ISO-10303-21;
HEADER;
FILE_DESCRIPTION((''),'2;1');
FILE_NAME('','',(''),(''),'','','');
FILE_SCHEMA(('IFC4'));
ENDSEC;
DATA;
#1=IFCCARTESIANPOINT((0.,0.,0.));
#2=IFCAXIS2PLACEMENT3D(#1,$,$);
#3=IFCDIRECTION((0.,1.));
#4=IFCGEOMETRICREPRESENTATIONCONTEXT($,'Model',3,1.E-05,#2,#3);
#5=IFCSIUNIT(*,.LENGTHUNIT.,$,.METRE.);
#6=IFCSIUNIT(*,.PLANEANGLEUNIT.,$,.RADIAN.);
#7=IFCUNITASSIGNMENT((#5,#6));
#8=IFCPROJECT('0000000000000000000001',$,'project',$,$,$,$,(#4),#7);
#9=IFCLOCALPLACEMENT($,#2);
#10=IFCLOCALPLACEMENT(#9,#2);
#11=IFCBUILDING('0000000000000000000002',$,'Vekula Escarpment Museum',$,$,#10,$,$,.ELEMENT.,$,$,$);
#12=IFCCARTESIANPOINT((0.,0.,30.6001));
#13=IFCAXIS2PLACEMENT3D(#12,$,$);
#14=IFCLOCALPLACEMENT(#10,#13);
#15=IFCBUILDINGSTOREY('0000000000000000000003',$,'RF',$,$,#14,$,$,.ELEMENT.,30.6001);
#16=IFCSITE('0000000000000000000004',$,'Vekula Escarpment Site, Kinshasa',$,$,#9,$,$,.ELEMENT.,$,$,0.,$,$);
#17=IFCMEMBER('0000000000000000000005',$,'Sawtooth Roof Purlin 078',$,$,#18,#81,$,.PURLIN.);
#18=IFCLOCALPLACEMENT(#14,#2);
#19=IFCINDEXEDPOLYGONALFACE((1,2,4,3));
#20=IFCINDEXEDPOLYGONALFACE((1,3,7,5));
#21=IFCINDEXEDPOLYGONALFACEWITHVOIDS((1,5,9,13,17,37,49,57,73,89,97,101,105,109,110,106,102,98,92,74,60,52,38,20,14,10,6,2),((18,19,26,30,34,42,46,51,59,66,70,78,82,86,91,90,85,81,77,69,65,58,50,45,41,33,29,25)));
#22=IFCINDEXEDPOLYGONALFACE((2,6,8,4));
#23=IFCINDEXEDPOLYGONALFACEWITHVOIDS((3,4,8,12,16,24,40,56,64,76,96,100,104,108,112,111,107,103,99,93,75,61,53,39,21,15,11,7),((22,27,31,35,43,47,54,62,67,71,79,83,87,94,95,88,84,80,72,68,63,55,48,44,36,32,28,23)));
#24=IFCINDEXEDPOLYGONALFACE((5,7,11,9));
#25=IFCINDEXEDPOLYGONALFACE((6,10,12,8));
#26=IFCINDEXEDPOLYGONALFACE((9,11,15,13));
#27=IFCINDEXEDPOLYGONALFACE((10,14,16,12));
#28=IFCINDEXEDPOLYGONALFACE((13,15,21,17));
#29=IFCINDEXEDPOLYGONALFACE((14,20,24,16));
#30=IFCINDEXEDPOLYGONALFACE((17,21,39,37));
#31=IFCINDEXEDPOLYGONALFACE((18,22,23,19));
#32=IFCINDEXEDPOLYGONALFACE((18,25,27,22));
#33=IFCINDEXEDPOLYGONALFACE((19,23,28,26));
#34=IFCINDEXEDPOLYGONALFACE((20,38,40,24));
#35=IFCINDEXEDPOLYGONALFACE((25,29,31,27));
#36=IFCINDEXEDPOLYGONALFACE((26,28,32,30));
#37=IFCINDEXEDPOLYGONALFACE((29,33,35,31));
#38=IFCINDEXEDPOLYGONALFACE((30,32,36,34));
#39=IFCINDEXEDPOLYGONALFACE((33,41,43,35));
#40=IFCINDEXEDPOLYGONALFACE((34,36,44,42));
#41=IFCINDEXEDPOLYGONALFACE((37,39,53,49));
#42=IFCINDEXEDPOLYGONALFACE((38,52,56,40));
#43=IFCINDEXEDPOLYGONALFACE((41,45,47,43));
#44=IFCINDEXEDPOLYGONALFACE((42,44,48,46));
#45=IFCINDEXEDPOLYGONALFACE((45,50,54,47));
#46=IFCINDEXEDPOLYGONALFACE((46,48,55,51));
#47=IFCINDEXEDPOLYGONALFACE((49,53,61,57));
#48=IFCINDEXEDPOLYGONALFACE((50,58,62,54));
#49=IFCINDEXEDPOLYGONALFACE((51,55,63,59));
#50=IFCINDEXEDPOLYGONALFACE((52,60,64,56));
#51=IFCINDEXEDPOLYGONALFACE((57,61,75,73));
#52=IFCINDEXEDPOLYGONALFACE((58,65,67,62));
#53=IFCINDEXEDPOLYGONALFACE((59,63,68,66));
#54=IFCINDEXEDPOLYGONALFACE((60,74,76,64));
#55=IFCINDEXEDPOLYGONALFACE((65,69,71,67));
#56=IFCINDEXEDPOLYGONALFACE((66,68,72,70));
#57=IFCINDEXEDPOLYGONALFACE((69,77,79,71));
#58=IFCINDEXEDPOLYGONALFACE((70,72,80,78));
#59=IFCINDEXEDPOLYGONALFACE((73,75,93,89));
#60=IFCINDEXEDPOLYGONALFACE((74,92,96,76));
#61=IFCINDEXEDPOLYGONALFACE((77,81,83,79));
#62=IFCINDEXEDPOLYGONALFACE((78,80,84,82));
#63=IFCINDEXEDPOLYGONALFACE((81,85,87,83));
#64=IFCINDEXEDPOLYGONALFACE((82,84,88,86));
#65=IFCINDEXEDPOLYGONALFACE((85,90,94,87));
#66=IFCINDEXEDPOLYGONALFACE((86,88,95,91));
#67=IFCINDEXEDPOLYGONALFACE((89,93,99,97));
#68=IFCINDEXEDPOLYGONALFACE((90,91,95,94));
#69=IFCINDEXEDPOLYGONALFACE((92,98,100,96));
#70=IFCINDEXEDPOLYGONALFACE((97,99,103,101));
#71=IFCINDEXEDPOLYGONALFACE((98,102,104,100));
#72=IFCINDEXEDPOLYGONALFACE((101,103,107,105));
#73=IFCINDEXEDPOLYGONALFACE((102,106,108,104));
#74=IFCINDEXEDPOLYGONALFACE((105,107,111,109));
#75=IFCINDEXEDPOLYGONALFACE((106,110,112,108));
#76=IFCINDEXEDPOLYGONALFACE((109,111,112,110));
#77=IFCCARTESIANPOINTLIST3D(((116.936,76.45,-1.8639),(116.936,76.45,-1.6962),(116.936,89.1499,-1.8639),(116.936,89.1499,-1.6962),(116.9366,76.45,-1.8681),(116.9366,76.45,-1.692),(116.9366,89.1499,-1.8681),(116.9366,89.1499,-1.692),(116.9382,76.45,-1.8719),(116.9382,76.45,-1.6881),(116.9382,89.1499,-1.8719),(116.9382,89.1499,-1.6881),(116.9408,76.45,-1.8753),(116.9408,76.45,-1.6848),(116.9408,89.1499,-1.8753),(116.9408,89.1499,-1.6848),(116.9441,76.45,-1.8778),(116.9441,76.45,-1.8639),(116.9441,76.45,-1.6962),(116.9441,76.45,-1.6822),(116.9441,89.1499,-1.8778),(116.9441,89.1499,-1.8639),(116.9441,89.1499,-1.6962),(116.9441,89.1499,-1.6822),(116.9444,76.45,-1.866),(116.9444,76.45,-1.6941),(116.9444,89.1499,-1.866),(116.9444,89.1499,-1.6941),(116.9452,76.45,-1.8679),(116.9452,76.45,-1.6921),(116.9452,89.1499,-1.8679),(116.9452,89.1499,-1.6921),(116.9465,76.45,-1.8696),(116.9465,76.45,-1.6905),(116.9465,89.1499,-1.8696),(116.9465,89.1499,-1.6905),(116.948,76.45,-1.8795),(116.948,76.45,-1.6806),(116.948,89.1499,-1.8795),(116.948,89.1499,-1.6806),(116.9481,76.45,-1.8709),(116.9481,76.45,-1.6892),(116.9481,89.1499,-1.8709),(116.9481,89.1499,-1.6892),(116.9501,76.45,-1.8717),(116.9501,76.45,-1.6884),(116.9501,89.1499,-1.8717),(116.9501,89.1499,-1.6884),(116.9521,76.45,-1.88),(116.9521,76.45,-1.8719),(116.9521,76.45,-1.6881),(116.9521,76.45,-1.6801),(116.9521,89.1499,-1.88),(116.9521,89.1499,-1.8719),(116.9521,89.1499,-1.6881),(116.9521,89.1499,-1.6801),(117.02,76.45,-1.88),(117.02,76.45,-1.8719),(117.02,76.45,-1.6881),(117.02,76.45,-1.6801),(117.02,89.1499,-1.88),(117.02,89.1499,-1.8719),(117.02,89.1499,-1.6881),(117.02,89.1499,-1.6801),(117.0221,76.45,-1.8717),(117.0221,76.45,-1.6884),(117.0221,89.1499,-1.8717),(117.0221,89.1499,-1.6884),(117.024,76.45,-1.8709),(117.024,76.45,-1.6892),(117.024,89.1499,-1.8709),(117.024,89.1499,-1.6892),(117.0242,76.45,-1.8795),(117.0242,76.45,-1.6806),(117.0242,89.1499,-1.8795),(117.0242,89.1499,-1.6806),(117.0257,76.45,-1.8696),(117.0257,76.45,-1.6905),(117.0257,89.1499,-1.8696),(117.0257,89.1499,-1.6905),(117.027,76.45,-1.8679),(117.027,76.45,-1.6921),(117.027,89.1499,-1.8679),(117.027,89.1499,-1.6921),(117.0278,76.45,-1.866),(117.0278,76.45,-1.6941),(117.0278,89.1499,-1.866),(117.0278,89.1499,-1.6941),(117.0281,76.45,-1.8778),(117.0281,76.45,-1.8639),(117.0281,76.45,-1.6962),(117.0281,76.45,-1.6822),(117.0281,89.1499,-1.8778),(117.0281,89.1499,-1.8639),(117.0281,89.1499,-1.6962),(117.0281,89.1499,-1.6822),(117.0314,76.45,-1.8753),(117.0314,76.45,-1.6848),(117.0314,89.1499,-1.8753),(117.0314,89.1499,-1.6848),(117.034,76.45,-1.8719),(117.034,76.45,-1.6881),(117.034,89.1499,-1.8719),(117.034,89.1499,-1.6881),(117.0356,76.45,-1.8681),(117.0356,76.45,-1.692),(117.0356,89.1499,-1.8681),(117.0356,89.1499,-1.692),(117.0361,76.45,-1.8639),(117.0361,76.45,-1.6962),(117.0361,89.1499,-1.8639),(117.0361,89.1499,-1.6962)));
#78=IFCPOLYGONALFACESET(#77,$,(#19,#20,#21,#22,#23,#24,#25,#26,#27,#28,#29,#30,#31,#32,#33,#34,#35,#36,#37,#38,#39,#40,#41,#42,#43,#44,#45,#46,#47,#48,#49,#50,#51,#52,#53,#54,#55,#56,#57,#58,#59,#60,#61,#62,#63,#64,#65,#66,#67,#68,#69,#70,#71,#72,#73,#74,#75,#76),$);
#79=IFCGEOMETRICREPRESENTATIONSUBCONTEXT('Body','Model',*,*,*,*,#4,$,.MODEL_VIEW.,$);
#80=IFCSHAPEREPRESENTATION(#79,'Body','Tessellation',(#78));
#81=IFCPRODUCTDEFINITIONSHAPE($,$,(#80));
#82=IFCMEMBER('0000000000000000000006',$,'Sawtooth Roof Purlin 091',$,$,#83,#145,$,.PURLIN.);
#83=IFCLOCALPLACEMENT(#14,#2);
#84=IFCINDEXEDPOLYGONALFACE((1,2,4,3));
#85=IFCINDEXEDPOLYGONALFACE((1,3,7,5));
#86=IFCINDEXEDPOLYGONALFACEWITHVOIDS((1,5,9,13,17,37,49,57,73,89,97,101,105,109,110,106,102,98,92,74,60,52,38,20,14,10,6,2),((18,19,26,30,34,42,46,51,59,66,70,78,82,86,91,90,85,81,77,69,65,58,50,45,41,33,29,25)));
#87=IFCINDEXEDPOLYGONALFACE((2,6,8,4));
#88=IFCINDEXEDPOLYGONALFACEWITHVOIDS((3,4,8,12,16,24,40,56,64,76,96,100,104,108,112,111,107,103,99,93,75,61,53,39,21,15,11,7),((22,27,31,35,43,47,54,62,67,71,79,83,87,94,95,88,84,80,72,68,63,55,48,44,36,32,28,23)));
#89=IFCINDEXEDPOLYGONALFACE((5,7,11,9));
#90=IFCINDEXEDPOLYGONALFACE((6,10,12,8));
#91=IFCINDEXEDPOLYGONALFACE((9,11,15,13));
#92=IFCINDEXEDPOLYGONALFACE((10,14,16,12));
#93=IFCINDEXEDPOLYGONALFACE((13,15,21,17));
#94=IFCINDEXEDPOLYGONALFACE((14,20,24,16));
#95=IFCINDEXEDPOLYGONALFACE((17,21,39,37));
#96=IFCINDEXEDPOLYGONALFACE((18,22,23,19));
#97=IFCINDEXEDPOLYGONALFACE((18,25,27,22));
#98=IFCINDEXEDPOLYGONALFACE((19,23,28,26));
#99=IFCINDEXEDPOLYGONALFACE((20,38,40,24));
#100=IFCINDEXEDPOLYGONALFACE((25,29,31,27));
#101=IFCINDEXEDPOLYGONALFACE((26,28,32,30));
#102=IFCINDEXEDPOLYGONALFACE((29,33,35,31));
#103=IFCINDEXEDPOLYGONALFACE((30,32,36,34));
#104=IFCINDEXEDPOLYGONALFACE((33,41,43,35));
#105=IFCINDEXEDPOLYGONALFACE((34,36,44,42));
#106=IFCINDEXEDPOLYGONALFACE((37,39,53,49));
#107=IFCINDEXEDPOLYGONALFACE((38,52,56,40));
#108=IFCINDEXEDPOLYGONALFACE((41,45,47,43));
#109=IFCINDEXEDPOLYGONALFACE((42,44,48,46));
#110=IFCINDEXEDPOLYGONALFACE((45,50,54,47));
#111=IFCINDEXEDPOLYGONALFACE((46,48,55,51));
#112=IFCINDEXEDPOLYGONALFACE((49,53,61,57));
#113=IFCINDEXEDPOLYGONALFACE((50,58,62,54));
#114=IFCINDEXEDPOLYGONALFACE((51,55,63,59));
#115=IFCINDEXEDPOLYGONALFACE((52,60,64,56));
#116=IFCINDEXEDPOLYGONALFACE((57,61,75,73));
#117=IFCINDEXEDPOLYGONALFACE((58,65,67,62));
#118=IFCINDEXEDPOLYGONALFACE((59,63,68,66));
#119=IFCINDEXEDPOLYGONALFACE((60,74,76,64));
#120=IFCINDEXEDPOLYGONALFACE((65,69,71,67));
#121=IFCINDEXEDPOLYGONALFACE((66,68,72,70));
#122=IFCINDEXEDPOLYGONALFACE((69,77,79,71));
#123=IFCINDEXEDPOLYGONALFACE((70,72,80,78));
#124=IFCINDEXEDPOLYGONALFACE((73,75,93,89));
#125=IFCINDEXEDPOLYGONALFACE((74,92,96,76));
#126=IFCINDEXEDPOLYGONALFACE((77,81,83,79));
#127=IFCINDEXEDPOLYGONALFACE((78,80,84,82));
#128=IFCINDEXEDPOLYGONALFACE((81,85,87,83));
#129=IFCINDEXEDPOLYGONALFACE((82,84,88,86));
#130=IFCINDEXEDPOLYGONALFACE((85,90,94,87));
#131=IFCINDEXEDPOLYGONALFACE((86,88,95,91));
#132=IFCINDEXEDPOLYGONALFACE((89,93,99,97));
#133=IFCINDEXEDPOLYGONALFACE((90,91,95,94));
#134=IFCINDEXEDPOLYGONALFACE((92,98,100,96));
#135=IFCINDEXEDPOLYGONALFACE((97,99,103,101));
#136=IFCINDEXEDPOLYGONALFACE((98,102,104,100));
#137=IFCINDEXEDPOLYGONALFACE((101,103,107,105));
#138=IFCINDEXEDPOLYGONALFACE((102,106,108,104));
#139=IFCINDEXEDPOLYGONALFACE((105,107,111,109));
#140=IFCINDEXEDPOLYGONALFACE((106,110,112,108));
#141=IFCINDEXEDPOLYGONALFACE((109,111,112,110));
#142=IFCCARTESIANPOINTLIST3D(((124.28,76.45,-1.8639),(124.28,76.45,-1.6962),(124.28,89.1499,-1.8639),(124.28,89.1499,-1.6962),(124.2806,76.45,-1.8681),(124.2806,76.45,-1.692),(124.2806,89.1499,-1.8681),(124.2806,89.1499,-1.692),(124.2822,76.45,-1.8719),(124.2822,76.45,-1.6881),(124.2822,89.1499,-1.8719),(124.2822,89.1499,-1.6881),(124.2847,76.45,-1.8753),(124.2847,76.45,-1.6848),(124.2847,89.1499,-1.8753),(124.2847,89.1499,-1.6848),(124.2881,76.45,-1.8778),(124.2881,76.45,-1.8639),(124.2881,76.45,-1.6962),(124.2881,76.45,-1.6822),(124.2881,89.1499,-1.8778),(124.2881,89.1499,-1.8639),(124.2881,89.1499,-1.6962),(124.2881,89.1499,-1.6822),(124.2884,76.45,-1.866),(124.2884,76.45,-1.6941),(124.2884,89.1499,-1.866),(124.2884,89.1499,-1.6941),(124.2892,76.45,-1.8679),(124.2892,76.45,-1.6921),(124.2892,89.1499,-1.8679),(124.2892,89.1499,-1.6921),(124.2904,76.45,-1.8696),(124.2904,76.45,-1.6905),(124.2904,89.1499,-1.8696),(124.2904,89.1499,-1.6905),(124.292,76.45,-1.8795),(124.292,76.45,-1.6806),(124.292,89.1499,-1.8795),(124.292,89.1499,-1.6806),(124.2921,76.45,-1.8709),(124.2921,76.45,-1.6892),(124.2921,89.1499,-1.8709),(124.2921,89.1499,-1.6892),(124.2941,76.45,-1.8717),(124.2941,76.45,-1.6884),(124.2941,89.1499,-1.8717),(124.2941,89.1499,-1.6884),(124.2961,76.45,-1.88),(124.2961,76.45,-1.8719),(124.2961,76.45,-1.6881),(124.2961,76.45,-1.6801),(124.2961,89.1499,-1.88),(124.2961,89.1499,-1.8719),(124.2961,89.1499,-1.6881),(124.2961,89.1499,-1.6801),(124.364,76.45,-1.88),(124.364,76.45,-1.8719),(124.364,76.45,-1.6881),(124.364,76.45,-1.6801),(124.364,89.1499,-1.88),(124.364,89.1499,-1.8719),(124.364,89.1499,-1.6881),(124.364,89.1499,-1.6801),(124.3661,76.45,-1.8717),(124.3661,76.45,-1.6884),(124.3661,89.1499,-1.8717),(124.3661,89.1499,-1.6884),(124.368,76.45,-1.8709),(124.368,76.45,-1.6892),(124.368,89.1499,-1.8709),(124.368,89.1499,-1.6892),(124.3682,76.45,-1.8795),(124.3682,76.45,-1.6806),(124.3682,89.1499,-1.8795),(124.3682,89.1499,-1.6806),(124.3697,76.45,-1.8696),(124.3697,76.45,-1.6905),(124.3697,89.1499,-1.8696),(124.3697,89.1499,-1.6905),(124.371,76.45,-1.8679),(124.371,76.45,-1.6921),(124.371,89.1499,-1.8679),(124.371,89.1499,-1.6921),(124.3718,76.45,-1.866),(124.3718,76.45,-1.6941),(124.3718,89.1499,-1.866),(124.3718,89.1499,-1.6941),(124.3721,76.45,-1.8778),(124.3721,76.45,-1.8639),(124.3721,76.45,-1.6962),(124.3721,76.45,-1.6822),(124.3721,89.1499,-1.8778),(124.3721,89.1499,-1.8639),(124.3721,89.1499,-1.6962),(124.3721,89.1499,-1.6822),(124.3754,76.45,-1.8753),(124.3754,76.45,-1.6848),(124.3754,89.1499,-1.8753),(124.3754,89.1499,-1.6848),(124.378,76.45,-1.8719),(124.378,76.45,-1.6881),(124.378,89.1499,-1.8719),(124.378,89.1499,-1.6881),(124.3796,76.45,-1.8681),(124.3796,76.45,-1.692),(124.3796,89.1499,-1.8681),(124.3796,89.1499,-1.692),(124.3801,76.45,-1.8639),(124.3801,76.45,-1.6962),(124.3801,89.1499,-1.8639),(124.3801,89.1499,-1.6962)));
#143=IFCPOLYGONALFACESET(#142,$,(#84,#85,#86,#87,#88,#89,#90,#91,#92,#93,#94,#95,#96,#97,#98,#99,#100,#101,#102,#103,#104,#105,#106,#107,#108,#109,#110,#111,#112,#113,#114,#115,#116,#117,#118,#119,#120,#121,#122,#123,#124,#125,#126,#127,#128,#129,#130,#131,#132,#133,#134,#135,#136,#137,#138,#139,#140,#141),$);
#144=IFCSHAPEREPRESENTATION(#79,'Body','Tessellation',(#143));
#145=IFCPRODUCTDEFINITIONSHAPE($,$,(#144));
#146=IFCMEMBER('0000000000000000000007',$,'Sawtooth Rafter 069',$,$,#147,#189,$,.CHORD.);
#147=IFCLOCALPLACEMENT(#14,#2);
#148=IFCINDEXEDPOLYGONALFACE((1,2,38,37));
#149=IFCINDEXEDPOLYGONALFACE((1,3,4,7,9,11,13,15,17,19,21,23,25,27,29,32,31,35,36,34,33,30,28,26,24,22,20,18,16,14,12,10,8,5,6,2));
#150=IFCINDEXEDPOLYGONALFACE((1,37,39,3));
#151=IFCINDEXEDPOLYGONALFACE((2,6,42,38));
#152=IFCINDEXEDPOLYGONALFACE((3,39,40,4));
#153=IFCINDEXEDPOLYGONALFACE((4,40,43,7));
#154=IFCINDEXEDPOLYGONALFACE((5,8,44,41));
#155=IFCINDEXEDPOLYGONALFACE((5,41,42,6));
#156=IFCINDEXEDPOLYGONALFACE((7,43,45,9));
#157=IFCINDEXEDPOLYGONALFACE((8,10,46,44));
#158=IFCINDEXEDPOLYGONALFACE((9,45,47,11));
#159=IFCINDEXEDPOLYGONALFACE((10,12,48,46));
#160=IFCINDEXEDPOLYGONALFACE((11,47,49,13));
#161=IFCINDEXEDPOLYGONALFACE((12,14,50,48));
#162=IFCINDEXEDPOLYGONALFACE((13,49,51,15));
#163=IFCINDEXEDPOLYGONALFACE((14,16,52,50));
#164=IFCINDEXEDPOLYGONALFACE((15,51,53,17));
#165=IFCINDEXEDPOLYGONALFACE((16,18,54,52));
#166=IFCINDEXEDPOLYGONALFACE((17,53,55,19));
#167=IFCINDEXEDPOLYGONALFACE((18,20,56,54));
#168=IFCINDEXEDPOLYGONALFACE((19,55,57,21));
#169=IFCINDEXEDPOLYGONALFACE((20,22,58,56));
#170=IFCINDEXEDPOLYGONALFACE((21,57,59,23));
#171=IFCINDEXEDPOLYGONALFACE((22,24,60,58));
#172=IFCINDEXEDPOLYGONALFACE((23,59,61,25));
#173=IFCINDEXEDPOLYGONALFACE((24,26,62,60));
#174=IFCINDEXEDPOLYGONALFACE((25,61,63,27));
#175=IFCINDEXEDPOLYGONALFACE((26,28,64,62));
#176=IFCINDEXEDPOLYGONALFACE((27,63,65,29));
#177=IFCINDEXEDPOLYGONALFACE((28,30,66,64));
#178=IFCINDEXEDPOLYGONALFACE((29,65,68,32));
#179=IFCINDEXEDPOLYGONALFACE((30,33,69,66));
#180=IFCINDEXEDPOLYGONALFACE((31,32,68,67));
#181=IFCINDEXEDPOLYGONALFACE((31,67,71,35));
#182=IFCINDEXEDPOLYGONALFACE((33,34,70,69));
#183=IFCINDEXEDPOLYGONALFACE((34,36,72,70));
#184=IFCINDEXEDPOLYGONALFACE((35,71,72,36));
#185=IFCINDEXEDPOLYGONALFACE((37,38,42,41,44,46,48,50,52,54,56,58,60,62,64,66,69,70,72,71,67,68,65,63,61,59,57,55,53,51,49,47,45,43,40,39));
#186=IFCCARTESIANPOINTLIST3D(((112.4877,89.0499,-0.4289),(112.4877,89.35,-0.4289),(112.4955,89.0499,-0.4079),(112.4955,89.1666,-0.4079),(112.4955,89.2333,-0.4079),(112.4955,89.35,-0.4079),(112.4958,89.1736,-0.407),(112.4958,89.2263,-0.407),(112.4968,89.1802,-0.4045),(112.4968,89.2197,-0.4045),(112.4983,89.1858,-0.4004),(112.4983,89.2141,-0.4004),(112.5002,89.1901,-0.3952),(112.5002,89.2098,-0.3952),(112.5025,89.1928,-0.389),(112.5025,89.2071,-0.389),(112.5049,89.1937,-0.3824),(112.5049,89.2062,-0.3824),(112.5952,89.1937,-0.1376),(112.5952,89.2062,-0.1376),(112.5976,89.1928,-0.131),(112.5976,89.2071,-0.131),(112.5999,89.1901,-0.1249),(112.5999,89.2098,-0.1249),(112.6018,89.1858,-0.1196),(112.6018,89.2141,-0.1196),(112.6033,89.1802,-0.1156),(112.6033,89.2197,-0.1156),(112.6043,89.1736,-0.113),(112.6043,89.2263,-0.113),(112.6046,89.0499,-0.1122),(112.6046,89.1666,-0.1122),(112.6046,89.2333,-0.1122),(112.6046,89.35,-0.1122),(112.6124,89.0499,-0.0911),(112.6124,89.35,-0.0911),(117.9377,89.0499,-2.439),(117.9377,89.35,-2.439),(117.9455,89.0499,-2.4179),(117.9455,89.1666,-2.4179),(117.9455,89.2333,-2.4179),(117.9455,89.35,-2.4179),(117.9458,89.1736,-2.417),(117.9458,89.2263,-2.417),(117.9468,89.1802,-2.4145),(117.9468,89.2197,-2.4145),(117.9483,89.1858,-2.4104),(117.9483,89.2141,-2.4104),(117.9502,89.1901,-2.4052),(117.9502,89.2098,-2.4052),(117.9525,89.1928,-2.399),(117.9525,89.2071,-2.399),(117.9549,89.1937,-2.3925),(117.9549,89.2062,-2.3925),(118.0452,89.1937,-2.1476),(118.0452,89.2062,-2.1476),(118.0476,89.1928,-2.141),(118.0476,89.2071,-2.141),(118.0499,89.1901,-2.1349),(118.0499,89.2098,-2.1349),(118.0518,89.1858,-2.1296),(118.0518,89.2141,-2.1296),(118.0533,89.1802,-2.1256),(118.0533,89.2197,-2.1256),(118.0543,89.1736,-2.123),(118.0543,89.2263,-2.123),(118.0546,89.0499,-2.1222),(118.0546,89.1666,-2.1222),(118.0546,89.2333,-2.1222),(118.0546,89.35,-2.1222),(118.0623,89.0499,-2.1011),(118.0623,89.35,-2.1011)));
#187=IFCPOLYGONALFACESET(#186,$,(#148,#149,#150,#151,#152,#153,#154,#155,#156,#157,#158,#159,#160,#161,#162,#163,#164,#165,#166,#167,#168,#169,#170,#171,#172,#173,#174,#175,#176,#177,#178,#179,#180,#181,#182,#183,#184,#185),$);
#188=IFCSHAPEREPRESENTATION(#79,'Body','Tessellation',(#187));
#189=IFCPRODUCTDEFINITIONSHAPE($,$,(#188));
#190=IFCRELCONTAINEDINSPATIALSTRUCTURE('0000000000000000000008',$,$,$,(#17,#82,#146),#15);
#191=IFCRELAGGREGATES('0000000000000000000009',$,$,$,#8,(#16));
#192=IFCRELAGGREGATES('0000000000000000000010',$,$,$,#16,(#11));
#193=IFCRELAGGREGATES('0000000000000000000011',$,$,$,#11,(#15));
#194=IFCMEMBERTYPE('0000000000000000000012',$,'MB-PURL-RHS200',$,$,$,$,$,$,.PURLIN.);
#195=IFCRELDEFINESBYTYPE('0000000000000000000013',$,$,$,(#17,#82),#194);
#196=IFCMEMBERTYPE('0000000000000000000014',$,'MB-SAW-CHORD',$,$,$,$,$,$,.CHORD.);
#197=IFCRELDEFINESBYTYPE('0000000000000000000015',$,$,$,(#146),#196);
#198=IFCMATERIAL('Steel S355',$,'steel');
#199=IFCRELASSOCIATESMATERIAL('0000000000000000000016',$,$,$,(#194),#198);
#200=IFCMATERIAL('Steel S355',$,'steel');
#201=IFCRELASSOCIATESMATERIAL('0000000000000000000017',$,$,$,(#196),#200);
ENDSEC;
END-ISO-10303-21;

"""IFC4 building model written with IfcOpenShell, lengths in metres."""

from ifc_helpers import new_model, si_unit, direction, frame, origin, origin_2d, place, context, subcontext, project, spatial, hollow_rectangle, i_section, extrude, material, material_profile, profile_set, type_object, element, save


model = new_model("IFC4")

# Units and contexts
model_context = context("Model", 3, precision=1e-05, world=origin(), true_north=direction((0.0, 1.0)))
body_context = subcontext(model_context, "Body", "Model", "MODEL_VIEW")
ifc_project = project(units=[si_unit("LENGTHUNIT", "METRE"), si_unit("PLANEANGLEUNIT", "RADIAN")], contexts=[model_context])

# Site, building, storey
site_placement = place(None, origin())
site = spatial("IfcSite", under=ifc_project, at=site_placement, Name="Vekula Escarpment Site, Kinshasa", CompositionType="ELEMENT", RefElevation=0.0)
building_placement = place(site_placement, origin())
building = spatial("IfcBuilding", under=site, at=building_placement, Name="Vekula Escarpment Museum", CompositionType="ELEMENT")
storey_placement = place(building_placement, frame((0.0, 0.0, 30.6001)))
storey = spatial("IfcBuildingStorey", under=building, at=storey_placement, Name="RF", CompositionType="ELEMENT", Elevation=30.6001)

# Members
ifc_material_1 = material(Name="Steel S355", Category="steel")
ifc_material_profile_1 = material_profile(ifc_material_1, hollow_rectangle(XDim=0.1001, YDim=0.2, WallThickness=0.0081, InnerFilletRadius=0.0081, OuterFilletRadius=0.0161, at=origin_2d()), Name="RHS 200x100x8")
ifc_profile_set_1 = profile_set([ifc_material_profile_1], Name="Steel S355")
member_type_1 = type_object("IfcMemberType", Name="MB-PURL-RHS200", PredefinedType="PURLIN", material=ifc_profile_set_1)
for number, where, z_axis, x_axis, name in (
    (1, (116.9861, 76.45, -1.78), (0.0, 1.0, 0.0), (-1.0, 0.0, 0.0), "Sawtooth Roof Purlin 078"),
    (2, (124.3301, 76.45, -1.78), (0.0, 1.0, 0.0), (-1.0, 0.0, 0.0), "Sawtooth Roof Purlin 091"),
):
    element("IfcMember", number, at=place(storey_placement, frame(where, z_axis=z_axis, x_axis=x_axis)), inside=storey, type_object=member_type_1, Name=name, PredefinedType="PURLIN", context=body_context, shape_type="SweptSolid", body=[
        extrude(hollow_rectangle(XDim=0.1001, YDim=0.2, WallThickness=0.0081, InnerFilletRadius=0.0081, OuterFilletRadius=0.0161, at=origin_2d()), origin(), (0.0, 0.0, 1.0), 12.7),
    ])
ifc_material_2 = material(Name="Steel S355", Category="steel")
ifc_material_profile_2 = material_profile(ifc_material_2, i_section(OverallWidth=0.3, OverallDepth=0.3601, WebThickness=0.0125, FlangeThickness=0.0225, FilletRadius=0.0271, at=origin_2d()), Name="HEB 360")
ifc_profile_set_2 = profile_set([ifc_material_profile_2], Name="Steel S355")
member_type_2 = type_object("IfcMemberType", Name="MB-SAW-CHORD", PredefinedType="CHORD", material=ifc_profile_set_2)
member_1_placement = place(storey_placement, frame((112.55, 89.2, -0.26), z_axis=(0.938224, 0.0, -0.346029), x_axis=(0.0, 1.0, 0.0)))
element("IfcMember", 3, at=member_1_placement, inside=storey, type_object=member_type_2, Name="Sawtooth Rafter 069", PredefinedType="CHORD", context=body_context, shape_type="SweptSolid", body=[
    extrude(i_section(OverallWidth=0.3, OverallDepth=0.3601, WebThickness=0.0125, FlangeThickness=0.0225, FilletRadius=0.0271, at=origin_2d()), origin(), (0.0, 0.0, 1.0), 5.8088),
])

save(model, "model.ifc")
